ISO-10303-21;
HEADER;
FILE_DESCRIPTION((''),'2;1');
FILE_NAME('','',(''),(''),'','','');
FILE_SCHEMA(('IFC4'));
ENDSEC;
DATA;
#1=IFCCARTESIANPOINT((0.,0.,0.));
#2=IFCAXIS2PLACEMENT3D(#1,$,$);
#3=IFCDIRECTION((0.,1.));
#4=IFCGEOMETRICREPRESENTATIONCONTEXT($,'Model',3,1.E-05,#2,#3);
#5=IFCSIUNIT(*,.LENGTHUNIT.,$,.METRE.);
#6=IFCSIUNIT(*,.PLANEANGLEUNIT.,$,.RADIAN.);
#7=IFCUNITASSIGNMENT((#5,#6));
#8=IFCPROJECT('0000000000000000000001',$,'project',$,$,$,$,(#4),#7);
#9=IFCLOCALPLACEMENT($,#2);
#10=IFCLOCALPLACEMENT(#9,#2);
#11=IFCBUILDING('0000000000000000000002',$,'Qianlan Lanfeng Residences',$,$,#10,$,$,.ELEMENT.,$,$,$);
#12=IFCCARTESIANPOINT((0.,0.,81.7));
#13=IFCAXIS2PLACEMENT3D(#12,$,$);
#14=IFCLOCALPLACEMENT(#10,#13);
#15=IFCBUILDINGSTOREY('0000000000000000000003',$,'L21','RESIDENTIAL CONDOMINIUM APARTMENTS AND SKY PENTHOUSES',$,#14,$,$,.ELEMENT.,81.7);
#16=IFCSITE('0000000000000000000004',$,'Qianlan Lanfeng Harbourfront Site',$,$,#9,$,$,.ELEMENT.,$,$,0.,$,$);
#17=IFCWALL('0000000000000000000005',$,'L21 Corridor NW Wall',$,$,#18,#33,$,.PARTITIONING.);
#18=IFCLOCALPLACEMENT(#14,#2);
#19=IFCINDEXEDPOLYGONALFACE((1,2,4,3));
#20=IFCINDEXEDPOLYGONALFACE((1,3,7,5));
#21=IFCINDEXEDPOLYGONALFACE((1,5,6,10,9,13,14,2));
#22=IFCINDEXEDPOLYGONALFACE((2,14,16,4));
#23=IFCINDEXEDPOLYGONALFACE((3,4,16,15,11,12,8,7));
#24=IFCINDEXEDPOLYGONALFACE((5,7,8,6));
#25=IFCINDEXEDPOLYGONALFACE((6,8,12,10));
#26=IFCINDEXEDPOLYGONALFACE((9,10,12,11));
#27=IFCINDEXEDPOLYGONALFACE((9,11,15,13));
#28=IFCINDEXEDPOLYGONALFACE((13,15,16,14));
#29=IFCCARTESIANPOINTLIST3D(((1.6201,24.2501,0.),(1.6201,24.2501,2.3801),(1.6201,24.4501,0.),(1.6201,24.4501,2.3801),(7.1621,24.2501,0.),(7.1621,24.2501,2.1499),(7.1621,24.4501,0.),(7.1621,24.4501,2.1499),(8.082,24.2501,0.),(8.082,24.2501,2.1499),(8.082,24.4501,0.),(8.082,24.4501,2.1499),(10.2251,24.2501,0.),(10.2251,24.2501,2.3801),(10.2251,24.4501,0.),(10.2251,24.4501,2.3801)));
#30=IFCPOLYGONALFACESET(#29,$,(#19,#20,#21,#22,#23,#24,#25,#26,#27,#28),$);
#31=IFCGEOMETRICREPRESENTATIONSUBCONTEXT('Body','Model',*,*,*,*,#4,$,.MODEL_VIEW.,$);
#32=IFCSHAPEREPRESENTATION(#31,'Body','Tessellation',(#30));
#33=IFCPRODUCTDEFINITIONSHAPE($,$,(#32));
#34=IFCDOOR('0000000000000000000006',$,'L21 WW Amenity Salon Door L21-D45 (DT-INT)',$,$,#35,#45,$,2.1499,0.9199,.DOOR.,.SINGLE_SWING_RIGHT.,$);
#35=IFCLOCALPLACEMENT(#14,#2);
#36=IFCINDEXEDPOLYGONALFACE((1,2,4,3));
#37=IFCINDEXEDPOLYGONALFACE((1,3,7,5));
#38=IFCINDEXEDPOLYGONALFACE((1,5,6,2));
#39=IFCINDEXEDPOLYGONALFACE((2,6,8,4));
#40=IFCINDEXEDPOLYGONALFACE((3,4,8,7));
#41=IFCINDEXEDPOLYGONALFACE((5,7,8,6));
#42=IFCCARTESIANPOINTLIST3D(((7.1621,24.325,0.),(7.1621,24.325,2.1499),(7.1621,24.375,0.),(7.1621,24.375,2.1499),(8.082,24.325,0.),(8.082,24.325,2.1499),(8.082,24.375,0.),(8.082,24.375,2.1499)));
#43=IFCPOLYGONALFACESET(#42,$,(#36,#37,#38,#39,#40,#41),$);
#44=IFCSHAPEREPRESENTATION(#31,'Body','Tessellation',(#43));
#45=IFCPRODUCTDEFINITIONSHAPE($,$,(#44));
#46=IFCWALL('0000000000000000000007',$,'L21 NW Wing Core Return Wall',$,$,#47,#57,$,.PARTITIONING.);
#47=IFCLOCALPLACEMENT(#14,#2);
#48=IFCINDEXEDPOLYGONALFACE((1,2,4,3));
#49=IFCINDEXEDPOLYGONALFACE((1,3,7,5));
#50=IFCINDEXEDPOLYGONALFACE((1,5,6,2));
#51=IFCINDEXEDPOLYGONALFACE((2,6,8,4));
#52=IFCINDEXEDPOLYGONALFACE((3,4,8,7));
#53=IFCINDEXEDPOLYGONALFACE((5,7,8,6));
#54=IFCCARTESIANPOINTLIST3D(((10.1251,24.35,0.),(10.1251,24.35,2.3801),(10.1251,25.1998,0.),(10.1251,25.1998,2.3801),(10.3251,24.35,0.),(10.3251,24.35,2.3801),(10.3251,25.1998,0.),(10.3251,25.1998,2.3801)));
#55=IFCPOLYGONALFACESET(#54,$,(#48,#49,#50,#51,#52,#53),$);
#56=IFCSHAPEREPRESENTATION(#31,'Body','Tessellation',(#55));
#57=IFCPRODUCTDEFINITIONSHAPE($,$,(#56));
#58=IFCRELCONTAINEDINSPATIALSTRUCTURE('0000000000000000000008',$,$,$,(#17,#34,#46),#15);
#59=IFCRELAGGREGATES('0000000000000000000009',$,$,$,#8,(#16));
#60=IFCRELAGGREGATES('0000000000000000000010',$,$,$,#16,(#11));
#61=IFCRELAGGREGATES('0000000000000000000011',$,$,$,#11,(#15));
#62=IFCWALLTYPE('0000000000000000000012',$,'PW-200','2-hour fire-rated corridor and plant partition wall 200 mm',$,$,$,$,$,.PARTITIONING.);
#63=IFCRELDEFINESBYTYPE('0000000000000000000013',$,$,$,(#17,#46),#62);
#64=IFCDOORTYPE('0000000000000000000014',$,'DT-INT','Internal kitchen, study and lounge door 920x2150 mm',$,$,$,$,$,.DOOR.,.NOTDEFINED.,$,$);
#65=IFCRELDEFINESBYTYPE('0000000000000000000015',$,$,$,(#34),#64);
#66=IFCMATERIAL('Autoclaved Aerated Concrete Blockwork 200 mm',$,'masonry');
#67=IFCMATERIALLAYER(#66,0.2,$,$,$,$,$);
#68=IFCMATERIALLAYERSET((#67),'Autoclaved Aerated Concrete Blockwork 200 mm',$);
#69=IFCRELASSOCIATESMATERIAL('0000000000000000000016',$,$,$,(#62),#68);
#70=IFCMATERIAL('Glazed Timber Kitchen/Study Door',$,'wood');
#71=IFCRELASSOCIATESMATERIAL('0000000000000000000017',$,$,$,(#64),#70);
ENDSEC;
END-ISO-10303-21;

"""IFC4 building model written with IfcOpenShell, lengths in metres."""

from ifc_helpers import new_model, si_unit, direction, frame, frame_2d, origin, place, context, subcontext, project, spatial, rectangle, extrude, material, layer, layer_set, type_object, element, fill, save


model = new_model("IFC4")

# Units and contexts
model_context = context("Model", 3, precision=1e-05, world=origin(), true_north=direction((0.0, 1.0)))
body_context = subcontext(model_context, "Body", "Model", "MODEL_VIEW")
ifc_project = project(units=[si_unit("LENGTHUNIT", "METRE"), si_unit("PLANEANGLEUNIT", "RADIAN")], contexts=[model_context])

# Site, building, storey
site_placement = place(None, origin())
site = spatial("IfcSite", under=ifc_project, at=site_placement, Name="Qianlan Lanfeng Harbourfront Site", CompositionType="ELEMENT", RefElevation=0.0)
building_placement = place(site_placement, origin())
building = spatial("IfcBuilding", under=site, at=building_placement, Name="Qianlan Lanfeng Residences", CompositionType="ELEMENT")
storey_placement = place(building_placement, frame((0.0, 0.0, 81.7)))
storey = spatial("IfcBuildingStorey", under=building, at=storey_placement, Name="L21", Description="RESIDENTIAL CONDOMINIUM APARTMENTS AND SKY PENTHOUSES", CompositionType="ELEMENT", Elevation=81.7)

# Shared definitions
ifc_material_1 = material(Name="Autoclaved Aerated Concrete Blockwork 200 mm", Category="masonry")
ifc_layer = layer(ifc_material_1, 0.2)
ifc_layer_set = layer_set([ifc_layer], Name="Autoclaved Aerated Concrete Blockwork 200 mm")
wall_type = type_object("IfcWallType", Name="PW-200", Description="2-hour fire-rated corridor and plant partition wall 200 mm", PredefinedType="PARTITIONING", material=ifc_layer_set)
ifc_material_2 = material(Name="Glazed Timber Kitchen/Study Door", Category="wood")
door_type_1 = type_object("IfcDoorType", Name="DT-INT", Description="Internal kitchen, study and lounge door 920x2150 mm", OperationType="NOTDEFINED", PredefinedType="DOOR", material=ifc_material_2)

# Wall, opening, door
wall_1_placement = place(storey_placement, frame((1.6201, 24.3501, 0.0), z_axis=(0.0, 0.0, 1.0), x_axis=(1.0, 0.0, 0.0)))
wall_1 = element("IfcWall", 1, at=wall_1_placement, inside=storey, type_object=wall_type, Name="L21 Corridor NW Wall", PredefinedType="PARTITIONING", context=body_context, shape_type="SweptSolid", body=[
    extrude(rectangle(XDim=8.605, YDim=0.2, at=frame_2d((4.3025, 0.0))), origin(), (0.0, 0.0, 1.0), 2.3801),
])
opening_1_placement = place(wall_1_placement, frame((5.542, 0.0, 0.0)))
opening_1 = element("IfcOpeningElement", 2, at=opening_1_placement, cuts=wall_1, PredefinedType="OPENING", context=body_context, shape_type="SweptSolid", body=[
    extrude(rectangle(XDim=0.9199, YDim=2.1499, at=frame_2d((0.46, 1.075))), frame((0.0, 0.1099, 0.0), z_axis=(0.0, -1.0, 0.0), x_axis=(1.0, 0.0, 0.0)), (0.0, 0.0, 1.0), 0.22),
])
door_1_placement = place(opening_1_placement, origin())
door_1 = element("IfcDoor", 3, at=door_1_placement, inside=storey, type_object=door_type_1, Name="L21 WW Amenity Salon Door L21-D45 (DT-INT)", OperationType="SINGLE_SWING_RIGHT", OverallHeight=2.1499, OverallWidth=0.9199, PredefinedType="DOOR", context=body_context, shape_type="SweptSolid", body=[
    extrude(rectangle(XDim=0.9199, YDim=2.1499, at=frame_2d((0.46, 1.075))), frame((0.0, 0.0249, 0.0), z_axis=(0.0, -1.0, 0.0), x_axis=(1.0, 0.0, 0.0)), (0.0, 0.0, 1.0), 0.05),
])
fill(opening_1, door_1)

# Wall
wall_2_placement = place(storey_placement, frame((10.2251, 24.3501, 0.0), z_axis=(0.0, 0.0, 1.0), x_axis=(0.0, 1.0, 0.0)))
element("IfcWall", 4, at=wall_2_placement, inside=storey, type_object=wall_type, Name="L21 NW Wing Core Return Wall", PredefinedType="PARTITIONING", context=body_context, shape_type="SweptSolid", body=[
    extrude(rectangle(XDim=0.8499, YDim=0.2, at=frame_2d((0.4248, 0.0))), origin(), (0.0, 0.0, 1.0), 2.3801),
])

save(model, "model.ifc")
